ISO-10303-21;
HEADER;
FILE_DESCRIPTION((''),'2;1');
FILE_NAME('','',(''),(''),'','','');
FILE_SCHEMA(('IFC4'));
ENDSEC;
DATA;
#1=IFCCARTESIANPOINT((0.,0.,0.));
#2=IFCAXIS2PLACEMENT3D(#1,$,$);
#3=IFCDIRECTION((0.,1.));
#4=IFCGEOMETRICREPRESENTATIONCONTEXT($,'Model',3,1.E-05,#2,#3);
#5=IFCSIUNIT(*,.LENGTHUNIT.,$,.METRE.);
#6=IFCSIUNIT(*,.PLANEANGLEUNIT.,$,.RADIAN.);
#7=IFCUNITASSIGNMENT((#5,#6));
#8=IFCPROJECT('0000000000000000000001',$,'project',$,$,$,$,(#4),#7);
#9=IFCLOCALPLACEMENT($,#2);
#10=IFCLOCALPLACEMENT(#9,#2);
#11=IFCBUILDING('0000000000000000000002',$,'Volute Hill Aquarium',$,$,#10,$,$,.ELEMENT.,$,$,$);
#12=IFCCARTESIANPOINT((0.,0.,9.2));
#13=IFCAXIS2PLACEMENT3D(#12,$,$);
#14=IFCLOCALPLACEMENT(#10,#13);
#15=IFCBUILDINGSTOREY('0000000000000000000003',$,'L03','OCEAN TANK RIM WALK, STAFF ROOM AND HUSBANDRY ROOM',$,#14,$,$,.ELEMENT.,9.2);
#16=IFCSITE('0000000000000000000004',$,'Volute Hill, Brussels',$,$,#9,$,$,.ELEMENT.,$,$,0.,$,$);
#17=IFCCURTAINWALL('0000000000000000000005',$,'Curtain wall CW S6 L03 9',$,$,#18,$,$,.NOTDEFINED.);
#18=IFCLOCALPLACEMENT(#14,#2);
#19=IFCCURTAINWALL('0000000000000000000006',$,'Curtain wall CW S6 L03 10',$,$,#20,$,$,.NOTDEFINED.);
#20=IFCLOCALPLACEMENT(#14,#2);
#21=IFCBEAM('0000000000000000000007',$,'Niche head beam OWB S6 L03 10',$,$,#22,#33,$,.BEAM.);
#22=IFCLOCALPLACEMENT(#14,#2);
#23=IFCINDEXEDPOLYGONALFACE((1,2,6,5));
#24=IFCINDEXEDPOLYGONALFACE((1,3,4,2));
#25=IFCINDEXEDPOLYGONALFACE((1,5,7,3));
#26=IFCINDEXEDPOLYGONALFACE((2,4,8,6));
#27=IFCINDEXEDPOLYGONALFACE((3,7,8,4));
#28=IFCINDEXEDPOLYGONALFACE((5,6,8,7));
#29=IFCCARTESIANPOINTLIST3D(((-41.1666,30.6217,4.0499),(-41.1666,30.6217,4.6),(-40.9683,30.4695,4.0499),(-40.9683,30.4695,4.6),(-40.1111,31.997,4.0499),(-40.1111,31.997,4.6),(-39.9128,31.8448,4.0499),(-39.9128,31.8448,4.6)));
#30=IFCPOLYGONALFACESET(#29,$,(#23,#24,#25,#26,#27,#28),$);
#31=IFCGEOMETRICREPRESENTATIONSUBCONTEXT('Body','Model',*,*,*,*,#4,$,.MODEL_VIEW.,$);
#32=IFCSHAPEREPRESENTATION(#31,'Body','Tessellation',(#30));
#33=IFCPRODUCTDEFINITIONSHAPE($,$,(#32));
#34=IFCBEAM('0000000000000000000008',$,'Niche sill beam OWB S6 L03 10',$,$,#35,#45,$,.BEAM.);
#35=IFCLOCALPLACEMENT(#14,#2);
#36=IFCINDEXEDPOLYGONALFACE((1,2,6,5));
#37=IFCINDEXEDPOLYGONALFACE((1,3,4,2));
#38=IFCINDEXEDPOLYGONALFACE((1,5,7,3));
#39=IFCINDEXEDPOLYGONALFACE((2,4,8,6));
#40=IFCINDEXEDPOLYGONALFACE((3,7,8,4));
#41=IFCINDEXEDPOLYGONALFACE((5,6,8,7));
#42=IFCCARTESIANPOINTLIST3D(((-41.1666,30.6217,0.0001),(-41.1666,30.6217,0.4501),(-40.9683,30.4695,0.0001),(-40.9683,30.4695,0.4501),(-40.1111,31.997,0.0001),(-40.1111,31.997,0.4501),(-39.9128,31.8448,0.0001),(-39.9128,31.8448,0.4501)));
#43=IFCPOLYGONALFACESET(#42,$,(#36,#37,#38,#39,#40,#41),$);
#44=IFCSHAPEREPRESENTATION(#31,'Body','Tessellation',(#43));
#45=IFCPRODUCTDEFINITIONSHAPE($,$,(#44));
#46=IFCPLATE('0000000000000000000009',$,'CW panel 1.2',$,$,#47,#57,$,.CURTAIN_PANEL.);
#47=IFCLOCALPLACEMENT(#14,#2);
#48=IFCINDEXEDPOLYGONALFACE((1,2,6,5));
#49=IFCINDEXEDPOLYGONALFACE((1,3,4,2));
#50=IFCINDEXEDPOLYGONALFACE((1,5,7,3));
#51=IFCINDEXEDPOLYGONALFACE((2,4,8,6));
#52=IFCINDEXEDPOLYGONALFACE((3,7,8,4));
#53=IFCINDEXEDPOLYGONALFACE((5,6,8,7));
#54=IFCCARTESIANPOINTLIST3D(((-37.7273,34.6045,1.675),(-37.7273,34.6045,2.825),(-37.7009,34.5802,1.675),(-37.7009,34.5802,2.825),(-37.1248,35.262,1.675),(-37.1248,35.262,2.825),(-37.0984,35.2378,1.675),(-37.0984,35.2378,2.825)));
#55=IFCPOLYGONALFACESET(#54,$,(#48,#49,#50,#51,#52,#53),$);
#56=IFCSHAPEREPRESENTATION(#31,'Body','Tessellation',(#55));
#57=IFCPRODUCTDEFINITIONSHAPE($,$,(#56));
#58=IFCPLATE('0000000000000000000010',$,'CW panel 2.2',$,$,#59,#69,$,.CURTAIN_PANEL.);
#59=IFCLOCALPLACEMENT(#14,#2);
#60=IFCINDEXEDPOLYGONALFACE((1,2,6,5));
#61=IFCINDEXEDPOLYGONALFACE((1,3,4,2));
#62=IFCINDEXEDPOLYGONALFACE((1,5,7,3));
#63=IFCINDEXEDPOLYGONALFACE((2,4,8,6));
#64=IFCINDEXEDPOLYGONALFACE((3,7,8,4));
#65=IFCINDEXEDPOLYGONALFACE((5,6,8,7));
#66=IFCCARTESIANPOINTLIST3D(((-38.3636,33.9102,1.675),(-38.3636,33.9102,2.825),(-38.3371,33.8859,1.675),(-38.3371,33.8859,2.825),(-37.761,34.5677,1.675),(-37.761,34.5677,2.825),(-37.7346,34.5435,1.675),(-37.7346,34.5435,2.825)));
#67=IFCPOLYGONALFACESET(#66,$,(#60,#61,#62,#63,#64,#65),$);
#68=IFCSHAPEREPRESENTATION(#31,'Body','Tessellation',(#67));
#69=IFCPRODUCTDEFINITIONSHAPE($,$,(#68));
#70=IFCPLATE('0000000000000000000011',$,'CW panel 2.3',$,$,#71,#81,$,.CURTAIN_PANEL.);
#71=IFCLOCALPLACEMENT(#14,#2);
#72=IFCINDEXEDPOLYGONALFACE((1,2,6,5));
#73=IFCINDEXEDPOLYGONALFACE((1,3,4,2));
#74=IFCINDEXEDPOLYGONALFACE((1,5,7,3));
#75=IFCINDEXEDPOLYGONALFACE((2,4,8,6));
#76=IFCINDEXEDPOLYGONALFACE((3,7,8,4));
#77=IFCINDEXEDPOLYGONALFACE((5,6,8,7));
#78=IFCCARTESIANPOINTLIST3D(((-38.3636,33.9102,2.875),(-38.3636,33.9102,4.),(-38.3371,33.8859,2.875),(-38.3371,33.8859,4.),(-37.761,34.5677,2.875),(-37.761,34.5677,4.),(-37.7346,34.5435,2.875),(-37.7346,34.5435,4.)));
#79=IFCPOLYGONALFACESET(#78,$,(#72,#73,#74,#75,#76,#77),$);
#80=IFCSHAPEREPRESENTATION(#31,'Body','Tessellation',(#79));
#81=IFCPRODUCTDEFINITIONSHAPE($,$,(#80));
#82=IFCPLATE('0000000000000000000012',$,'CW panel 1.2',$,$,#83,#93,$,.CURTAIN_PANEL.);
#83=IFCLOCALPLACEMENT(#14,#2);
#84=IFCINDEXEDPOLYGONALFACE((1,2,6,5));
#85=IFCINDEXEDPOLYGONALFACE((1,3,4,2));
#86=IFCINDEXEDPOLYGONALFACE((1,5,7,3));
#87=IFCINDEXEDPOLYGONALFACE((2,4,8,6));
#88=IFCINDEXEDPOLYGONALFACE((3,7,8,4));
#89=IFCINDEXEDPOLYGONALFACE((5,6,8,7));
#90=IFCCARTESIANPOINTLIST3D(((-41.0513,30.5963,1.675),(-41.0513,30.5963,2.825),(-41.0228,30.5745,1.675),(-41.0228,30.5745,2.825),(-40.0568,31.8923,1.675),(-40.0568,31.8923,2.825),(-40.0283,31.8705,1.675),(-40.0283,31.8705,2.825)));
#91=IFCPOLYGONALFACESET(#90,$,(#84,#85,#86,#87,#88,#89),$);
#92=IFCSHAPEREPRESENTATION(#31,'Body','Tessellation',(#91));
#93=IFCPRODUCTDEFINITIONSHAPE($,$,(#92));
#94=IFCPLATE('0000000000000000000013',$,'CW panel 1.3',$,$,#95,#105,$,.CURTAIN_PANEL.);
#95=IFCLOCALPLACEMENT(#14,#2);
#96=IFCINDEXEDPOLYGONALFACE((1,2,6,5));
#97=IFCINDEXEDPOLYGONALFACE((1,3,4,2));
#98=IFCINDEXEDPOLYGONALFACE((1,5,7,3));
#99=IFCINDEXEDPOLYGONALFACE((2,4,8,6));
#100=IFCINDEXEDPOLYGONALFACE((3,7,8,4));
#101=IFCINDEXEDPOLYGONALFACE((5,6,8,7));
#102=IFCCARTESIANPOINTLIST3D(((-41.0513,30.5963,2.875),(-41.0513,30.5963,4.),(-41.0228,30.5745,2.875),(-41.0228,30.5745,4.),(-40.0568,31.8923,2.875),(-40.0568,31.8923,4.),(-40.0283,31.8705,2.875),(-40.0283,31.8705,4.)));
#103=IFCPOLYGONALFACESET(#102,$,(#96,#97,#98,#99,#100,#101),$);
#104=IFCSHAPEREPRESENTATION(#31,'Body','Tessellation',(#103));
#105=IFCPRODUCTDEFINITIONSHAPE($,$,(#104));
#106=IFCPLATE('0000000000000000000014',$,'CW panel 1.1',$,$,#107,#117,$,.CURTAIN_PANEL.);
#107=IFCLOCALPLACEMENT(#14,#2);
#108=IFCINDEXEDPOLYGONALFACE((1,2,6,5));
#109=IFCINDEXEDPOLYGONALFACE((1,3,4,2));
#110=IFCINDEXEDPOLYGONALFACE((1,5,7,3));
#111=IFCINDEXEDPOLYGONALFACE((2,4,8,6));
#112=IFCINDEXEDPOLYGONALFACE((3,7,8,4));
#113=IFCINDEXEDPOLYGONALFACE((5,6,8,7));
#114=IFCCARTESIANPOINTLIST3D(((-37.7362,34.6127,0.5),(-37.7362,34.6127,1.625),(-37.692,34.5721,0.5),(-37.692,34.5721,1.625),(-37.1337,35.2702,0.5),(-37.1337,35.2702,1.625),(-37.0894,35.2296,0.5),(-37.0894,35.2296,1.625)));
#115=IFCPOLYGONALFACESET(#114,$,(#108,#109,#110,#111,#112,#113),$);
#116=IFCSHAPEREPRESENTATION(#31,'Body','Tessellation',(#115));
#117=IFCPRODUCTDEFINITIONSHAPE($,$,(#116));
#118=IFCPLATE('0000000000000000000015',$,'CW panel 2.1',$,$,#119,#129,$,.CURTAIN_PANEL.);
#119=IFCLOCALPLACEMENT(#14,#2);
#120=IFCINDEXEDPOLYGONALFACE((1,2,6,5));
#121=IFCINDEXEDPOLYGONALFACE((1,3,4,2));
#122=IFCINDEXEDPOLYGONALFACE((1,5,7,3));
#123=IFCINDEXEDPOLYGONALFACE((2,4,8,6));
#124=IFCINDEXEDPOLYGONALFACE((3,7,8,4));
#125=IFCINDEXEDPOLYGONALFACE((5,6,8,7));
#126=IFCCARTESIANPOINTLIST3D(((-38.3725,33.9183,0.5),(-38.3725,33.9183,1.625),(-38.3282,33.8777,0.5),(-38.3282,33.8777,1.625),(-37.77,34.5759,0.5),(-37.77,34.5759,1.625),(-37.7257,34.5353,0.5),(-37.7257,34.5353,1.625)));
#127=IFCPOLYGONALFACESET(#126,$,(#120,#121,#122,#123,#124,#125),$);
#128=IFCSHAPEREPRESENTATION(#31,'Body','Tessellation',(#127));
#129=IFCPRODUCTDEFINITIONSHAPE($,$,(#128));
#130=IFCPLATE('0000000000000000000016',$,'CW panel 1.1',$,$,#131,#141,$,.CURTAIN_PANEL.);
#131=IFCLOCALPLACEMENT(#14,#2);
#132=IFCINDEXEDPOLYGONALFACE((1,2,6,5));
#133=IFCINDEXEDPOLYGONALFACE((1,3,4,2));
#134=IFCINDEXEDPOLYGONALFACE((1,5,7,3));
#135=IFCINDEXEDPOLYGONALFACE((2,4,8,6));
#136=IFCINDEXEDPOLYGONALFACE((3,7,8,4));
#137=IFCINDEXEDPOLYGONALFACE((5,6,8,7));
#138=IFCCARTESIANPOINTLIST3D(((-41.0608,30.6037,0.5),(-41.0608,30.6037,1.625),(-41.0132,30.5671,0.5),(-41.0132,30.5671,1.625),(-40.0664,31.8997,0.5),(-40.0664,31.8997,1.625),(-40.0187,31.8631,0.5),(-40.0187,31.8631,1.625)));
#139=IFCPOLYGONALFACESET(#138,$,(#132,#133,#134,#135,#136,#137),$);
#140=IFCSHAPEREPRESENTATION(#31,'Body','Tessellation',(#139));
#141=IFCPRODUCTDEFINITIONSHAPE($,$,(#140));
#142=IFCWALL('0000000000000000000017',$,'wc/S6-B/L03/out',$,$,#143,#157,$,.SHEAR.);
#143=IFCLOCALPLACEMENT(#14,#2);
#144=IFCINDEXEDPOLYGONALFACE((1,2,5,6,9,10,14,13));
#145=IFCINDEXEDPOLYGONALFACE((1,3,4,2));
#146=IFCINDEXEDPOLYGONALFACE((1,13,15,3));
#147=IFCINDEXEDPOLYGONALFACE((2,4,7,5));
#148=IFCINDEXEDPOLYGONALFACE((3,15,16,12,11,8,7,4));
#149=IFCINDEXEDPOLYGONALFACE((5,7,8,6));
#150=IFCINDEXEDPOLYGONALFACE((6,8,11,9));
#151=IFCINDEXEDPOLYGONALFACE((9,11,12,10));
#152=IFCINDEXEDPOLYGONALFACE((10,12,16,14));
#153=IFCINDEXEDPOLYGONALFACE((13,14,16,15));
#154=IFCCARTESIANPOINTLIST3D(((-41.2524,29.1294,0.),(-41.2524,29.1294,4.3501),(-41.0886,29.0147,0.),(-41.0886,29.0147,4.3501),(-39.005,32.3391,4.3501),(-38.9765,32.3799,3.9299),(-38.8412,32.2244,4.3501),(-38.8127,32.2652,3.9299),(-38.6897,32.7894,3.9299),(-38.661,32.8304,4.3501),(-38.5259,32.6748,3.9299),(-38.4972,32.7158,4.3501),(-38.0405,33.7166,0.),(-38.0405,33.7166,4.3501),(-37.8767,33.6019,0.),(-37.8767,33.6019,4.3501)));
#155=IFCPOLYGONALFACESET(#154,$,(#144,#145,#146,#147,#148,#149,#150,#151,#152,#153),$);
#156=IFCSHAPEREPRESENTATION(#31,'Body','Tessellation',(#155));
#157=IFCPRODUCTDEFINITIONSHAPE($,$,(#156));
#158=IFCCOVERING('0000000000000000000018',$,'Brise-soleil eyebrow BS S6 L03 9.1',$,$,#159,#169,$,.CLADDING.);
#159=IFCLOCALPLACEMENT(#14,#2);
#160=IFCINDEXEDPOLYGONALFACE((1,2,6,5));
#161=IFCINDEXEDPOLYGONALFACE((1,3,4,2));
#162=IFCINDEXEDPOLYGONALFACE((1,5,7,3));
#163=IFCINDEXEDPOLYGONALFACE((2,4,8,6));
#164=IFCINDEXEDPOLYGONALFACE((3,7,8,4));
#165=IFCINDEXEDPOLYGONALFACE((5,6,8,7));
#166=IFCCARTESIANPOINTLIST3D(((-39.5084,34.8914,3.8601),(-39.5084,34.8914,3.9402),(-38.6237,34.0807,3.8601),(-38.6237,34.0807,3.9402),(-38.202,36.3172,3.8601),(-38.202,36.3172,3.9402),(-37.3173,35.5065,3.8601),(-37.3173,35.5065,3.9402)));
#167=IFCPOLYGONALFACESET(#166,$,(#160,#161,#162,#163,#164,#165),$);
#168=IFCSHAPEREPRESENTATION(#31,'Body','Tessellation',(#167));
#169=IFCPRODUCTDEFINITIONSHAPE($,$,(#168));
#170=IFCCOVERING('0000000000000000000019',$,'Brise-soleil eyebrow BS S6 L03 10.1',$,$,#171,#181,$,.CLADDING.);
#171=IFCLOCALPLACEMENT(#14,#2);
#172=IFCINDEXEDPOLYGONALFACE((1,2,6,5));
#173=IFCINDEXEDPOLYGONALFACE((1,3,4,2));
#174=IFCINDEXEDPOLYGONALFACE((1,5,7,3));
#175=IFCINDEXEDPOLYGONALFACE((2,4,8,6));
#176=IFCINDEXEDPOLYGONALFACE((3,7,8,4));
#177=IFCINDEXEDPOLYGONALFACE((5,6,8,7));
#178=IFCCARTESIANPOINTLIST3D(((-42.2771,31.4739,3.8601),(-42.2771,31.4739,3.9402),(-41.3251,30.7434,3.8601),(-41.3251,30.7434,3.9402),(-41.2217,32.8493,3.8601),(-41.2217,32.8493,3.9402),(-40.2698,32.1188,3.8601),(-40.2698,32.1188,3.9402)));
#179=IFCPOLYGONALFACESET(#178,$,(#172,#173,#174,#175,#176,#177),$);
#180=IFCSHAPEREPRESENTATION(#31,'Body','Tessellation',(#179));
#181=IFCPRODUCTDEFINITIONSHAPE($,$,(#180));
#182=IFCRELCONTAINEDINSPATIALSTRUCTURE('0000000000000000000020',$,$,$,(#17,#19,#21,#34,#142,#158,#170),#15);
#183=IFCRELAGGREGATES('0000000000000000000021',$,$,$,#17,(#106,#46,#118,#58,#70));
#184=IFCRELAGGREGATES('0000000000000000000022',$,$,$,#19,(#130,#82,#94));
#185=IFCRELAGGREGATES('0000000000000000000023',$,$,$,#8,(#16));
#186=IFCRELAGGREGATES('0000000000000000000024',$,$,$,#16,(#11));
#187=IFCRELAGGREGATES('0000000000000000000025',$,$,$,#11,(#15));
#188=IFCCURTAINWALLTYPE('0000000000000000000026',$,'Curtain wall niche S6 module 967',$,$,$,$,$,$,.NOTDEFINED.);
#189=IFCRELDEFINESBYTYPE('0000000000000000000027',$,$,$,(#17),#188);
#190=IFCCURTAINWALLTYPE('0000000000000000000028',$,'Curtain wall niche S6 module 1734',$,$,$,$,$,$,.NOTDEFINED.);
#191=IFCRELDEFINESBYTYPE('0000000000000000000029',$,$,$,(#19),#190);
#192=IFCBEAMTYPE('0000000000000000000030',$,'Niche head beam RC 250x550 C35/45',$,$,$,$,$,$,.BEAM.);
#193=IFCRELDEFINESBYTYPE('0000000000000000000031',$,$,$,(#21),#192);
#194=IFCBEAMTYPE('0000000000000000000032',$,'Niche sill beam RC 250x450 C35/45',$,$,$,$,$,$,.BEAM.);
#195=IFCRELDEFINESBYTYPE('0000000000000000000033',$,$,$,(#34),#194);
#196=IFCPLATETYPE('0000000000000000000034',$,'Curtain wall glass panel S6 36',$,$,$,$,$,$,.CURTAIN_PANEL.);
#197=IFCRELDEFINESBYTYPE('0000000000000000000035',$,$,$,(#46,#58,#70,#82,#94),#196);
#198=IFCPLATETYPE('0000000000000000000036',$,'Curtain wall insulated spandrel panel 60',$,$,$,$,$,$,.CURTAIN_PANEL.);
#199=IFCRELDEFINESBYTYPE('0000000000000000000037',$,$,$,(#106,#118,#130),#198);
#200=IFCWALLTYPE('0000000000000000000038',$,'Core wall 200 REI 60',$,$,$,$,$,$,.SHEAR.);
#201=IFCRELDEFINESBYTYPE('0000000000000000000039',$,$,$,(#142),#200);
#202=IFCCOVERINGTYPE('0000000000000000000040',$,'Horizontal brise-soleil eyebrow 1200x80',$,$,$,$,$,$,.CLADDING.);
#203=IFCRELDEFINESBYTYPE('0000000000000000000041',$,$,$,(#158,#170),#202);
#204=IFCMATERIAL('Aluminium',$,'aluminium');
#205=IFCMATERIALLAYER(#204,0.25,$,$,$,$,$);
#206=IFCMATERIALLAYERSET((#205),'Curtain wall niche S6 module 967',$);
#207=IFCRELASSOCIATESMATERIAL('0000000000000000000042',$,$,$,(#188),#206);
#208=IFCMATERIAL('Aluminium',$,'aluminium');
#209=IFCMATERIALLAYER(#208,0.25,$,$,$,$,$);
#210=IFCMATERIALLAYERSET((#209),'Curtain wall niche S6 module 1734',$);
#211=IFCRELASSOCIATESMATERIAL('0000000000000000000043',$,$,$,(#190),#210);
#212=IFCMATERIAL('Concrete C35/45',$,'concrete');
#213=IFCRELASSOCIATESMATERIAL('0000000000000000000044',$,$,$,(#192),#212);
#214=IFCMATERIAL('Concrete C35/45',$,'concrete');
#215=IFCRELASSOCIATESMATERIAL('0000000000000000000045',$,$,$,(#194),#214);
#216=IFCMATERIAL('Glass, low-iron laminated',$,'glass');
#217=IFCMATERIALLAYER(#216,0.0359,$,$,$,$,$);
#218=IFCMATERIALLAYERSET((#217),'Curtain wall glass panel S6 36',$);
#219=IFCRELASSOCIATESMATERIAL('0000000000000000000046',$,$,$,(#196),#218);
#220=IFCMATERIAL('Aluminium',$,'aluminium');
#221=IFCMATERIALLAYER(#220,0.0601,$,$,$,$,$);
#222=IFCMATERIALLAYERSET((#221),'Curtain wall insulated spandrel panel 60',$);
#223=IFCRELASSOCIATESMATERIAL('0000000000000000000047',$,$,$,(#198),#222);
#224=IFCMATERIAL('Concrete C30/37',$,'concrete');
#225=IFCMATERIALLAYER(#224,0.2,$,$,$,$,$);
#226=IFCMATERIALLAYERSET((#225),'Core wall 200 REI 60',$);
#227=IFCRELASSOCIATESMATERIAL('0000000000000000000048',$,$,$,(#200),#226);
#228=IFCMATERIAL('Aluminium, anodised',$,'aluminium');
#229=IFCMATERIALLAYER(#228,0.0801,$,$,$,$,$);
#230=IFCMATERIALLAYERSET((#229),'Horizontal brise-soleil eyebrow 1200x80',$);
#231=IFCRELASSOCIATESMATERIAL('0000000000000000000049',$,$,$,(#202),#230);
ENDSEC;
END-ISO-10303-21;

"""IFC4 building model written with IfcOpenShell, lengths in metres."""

from ifc_helpers import new_model, si_unit, direction, frame, origin, origin_2d, place, context, subcontext, project, spatial, polyline, rectangle, outline, extrude, material, layer, layer_set, material_profile, profile_set, type_object, element, aggregate, save


model = new_model("IFC4")

# Units and contexts
model_context = context("Model", 3, precision=1e-05, world=origin(), true_north=direction((0.0, 1.0)))
body_context = subcontext(model_context, "Body", "Model", "MODEL_VIEW")
ifc_project = project(units=[si_unit("LENGTHUNIT", "METRE"), si_unit("PLANEANGLEUNIT", "RADIAN")], contexts=[model_context])

# Site, building, storey
site_placement = place(None, origin())
site = spatial("IfcSite", under=ifc_project, at=site_placement, Name="Volute Hill, Brussels", CompositionType="ELEMENT", RefElevation=0.0)
building_placement = place(site_placement, origin())
building = spatial("IfcBuilding", under=site, at=building_placement, Name="Volute Hill Aquarium", CompositionType="ELEMENT")
storey_placement = place(building_placement, frame((0.0, 0.0, 9.2)))
storey = spatial("IfcBuildingStorey", under=building, at=storey_placement, Name="L03", Description="OCEAN TANK RIM WALK, STAFF ROOM AND HUSBANDRY ROOM", CompositionType="ELEMENT", Elevation=9.2)

# Curtain walls
ifc_material_1 = material(Name="Aluminium", Category="aluminium")
ifc_layer_1 = layer(ifc_material_1, 0.25)
ifc_layer_set_1 = layer_set([ifc_layer_1], Name="Curtain wall niche S6 module 967")
curtain_wall_type_1 = type_object("IfcCurtainWallType", Name="Curtain wall niche S6 module 967", PredefinedType="NOTDEFINED", material=ifc_layer_set_1)
curtain_wall_1_placement = place(storey_placement, origin())
curtain_wall_1 = element("IfcCurtainWall", 1, at=curtain_wall_1_placement, inside=storey, type_object=curtain_wall_type_1, Name="Curtain wall CW S6 L03 9", PredefinedType="NOTDEFINED")
ifc_material_2 = material(Name="Aluminium", Category="aluminium")
ifc_layer_2 = layer(ifc_material_2, 0.25)
ifc_layer_set_2 = layer_set([ifc_layer_2], Name="Curtain wall niche S6 module 1734")
curtain_wall_type_2 = type_object("IfcCurtainWallType", Name="Curtain wall niche S6 module 1734", PredefinedType="NOTDEFINED", material=ifc_layer_set_2)
curtain_wall_2_placement = place(storey_placement, origin())
curtain_wall_2 = element("IfcCurtainWall", 2, at=curtain_wall_2_placement, inside=storey, type_object=curtain_wall_type_2, Name="Curtain wall CW S6 L03 10", PredefinedType="NOTDEFINED")

# Beams
ifc_material_3 = material(Name="Concrete C35/45", Category="concrete")
ifc_material_profile_1 = material_profile(ifc_material_3, rectangle(XDim=0.25, YDim=0.55, at=origin_2d()), Name="RC beam 250x550")
ifc_profile_set_1 = profile_set([ifc_material_profile_1], Name="Concrete C35/45")
beam_type_1 = type_object("IfcBeamType", Name="Niche head beam RC 250x550 C35/45", PredefinedType="BEAM", material=ifc_profile_set_1)
beam_1_placement = place(storey_placement, frame((-40.012, 31.9209, 4.325), z_axis=(-0.608819, -0.793309, 0.0), x_axis=(0.793309, -0.608819, 0.0)))
element("IfcBeam", 3, at=beam_1_placement, inside=storey, type_object=beam_type_1, Name="Niche head beam OWB S6 L03 10", PredefinedType="BEAM", context=body_context, shape_type="SweptSolid", body=[
    extrude(rectangle(XDim=0.25, YDim=0.55, at=origin_2d()), origin(), (0.0, 0.0, 1.0), 1.7336),
])
ifc_material_4 = material(Name="Concrete C35/45", Category="concrete")
ifc_material_profile_2 = material_profile(ifc_material_4, rectangle(XDim=0.25, YDim=0.45, at=origin_2d()), Name="RC beam 250x450")
ifc_profile_set_2 = profile_set([ifc_material_profile_2], Name="Concrete C35/45")
beam_type_2 = type_object("IfcBeamType", Name="Niche sill beam RC 250x450 C35/45", PredefinedType="BEAM", material=ifc_profile_set_2)
beam_2_placement = place(storey_placement, frame((-40.012, 31.9209, 0.2251), z_axis=(-0.608819, -0.793309, 0.0), x_axis=(0.793309, -0.608819, 0.0)))
element("IfcBeam", 4, at=beam_2_placement, inside=storey, type_object=beam_type_2, Name="Niche sill beam OWB S6 L03 10", PredefinedType="BEAM", context=body_context, shape_type="SweptSolid", body=[
    extrude(rectangle(XDim=0.25, YDim=0.45, at=origin_2d()), origin(), (0.0, 0.0, 1.0), 1.7336),
])

# Plates
ifc_material_5 = material(Name="Glass, low-iron laminated", Category="glass")
ifc_layer_3 = layer(ifc_material_5, 0.0359)
ifc_layer_set_3 = layer_set([ifc_layer_3], Name="Curtain wall glass panel S6 36")
plate_type_1 = type_object("IfcPlateType", Name="Curtain wall glass panel S6 36", PredefinedType="CURTAIN_PANEL", material=ifc_layer_set_3)
plate_1_placement = place(storey_placement, frame((-37.4128, 34.9211, 1.675), z_axis=(0.0, 0.0, 1.0), x_axis=(-0.675582, -0.737285, 0.0)))
plate_1 = element("IfcPlate", 5, at=plate_1_placement, type_object=plate_type_1, Name="CW panel 1.2", PredefinedType="CURTAIN_PANEL", context=body_context, shape_type="SweptSolid", body=[
    extrude(rectangle(XDim=0.8918, YDim=0.0359, at=origin_2d()), origin(), (0.0, 0.0, 1.0), 1.1499),
])
plate_2_placement = place(storey_placement, frame((-38.0491, 34.2268, 1.675), z_axis=(0.0, 0.0, 1.0), x_axis=(-0.675582, -0.737285, 0.0)))
plate_2 = element("IfcPlate", 6, at=plate_2_placement, type_object=plate_type_1, Name="CW panel 2.2", PredefinedType="CURTAIN_PANEL", context=body_context, shape_type="SweptSolid", body=[
    extrude(rectangle(XDim=0.8918, YDim=0.0359, at=origin_2d()), origin(), (0.0, 0.0, 1.0), 1.1499),
])
plate_3_placement = place(storey_placement, frame((-38.0491, 34.2268, 2.875), z_axis=(0.0, 0.0, 1.0), x_axis=(-0.675582, -0.737285, 0.0)))
plate_3 = element("IfcPlate", 7, at=plate_3_placement, type_object=plate_type_1, Name="CW panel 2.3", PredefinedType="CURTAIN_PANEL", context=body_context, shape_type="SweptSolid", body=[
    extrude(rectangle(XDim=0.8918, YDim=0.0359, at=origin_2d()), origin(), (0.0, 0.0, 1.0), 1.125),
])
plate_4_placement = place(storey_placement, frame((-40.5398, 31.2334, 1.675), z_axis=(0.0, 0.0, 1.0), x_axis=(-0.608767, -0.793349, 0.0)))
plate_4 = element("IfcPlate", 8, at=plate_4_placement, type_object=plate_type_1, Name="CW panel 1.2", PredefinedType="CURTAIN_PANEL", context=body_context, shape_type="SweptSolid", body=[
    extrude(rectangle(XDim=1.6335, YDim=0.0359, at=origin_2d()), origin(), (0.0, 0.0, 1.0), 1.1499),
])
plate_5_placement = place(storey_placement, frame((-40.5398, 31.2334, 2.875), z_axis=(0.0, 0.0, 1.0), x_axis=(-0.608767, -0.793349, 0.0)))
plate_5 = element("IfcPlate", 9, at=plate_5_placement, type_object=plate_type_1, Name="CW panel 1.3", PredefinedType="CURTAIN_PANEL", context=body_context, shape_type="SweptSolid", body=[
    extrude(rectangle(XDim=1.6335, YDim=0.0359, at=origin_2d()), origin(), (0.0, 0.0, 1.0), 1.125),
])
ifc_material_6 = material(Name="Aluminium", Category="aluminium")
ifc_layer_4 = layer(ifc_material_6, 0.0601)
ifc_layer_set_4 = layer_set([ifc_layer_4], Name="Curtain wall insulated spandrel panel 60")
plate_type_2 = type_object("IfcPlateType", Name="Curtain wall insulated spandrel panel 60", PredefinedType="CURTAIN_PANEL", material=ifc_layer_set_4)
plate_6_placement = place(storey_placement, frame((-37.4128, 34.9211, 0.5), z_axis=(0.0, 0.0, 1.0), x_axis=(-0.675582, -0.737285, 0.0)))
plate_6 = element("IfcPlate", 10, at=plate_6_placement, type_object=plate_type_2, Name="CW panel 1.1", PredefinedType="CURTAIN_PANEL", context=body_context, shape_type="SweptSolid", body=[
    extrude(rectangle(XDim=0.8918, YDim=0.0601, at=origin_2d()), origin(), (0.0, 0.0, 1.0), 1.125),
])
plate_7_placement = place(storey_placement, frame((-38.0491, 34.2268, 0.5), z_axis=(0.0, 0.0, 1.0), x_axis=(-0.675582, -0.737285, 0.0)))
plate_7 = element("IfcPlate", 11, at=plate_7_placement, type_object=plate_type_2, Name="CW panel 2.1", PredefinedType="CURTAIN_PANEL", context=body_context, shape_type="SweptSolid", body=[
    extrude(rectangle(XDim=0.8918, YDim=0.0601, at=origin_2d()), origin(), (0.0, 0.0, 1.0), 1.125),
])
aggregate(curtain_wall_1, [plate_6, plate_1, plate_7, plate_2, plate_3])
plate_8_placement = place(storey_placement, frame((-40.5398, 31.2334, 0.5), z_axis=(0.0, 0.0, 1.0), x_axis=(-0.608767, -0.793349, 0.0)))
plate_8 = element("IfcPlate", 12, at=plate_8_placement, type_object=plate_type_2, Name="CW panel 1.1", PredefinedType="CURTAIN_PANEL", context=body_context, shape_type="SweptSolid", body=[
    extrude(rectangle(XDim=1.6335, YDim=0.0601, at=origin_2d()), origin(), (0.0, 0.0, 1.0), 1.125),
])
aggregate(curtain_wall_2, [plate_8, plate_4, plate_5])

# Wall
ifc_material_7 = material(Name="Concrete C30/37", Category="concrete")
ifc_layer_5 = layer(ifc_material_7, 0.2)
ifc_layer_set_5 = layer_set([ifc_layer_5], Name="Core wall 200 REI 60")
wall_type = type_object("IfcWallType", Name="Core wall 200 REI 60", PredefinedType="SHEAR", material=ifc_layer_set_5)
wall_placement = place(storey_placement, frame((-41.1704, 29.072, 0.0), z_axis=(0.0, 0.0, 1.0), x_axis=(0.573571, 0.819156, 0.0)))
element("IfcWall", 13, at=wall_placement, inside=storey, type_object=wall_type, Name="wc/S6-B/L03/out", PredefinedType="SHEAR", context=body_context, shape_type="SweptSolid", body=[
    extrude(outline(polyline([(0.0, 0.0), (5.5999, 0.0), (5.5999, 4.3501), (4.5181, 4.3501), (4.468, 3.9299), (3.968, 3.9299), (3.9182, 4.3501), (0.0, 4.3501), (0.0, 0.0)])), frame((0.0, 0.1001, 0.0), z_axis=(0.0, -1.0, 0.0), x_axis=(1.0, 0.0, 0.0)), (0.0, 0.0, 1.0), 0.2),
])

# Coverings
ifc_material_8 = material(Name="Aluminium, anodised", Category="aluminium")
ifc_layer_6 = layer(ifc_material_8, 0.0801)
ifc_layer_set_6 = layer_set([ifc_layer_6], Name="Horizontal brise-soleil eyebrow 1200x80")
covering_type_1 = type_object("IfcCoveringType", Name="Horizontal brise-soleil eyebrow 1200x80", PredefinedType="CLADDING", material=ifc_layer_set_6)
covering_1_placement = place(storey_placement, frame((-38.4128, 35.199, 3.8601), z_axis=(0.0, 0.0, 1.0), x_axis=(-0.675581, -0.737286, 0.0)))
element("IfcCovering", 14, at=covering_1_placement, inside=storey, type_object=covering_type_1, Name="Brise-soleil eyebrow BS S6 L03 9.1", PredefinedType="CLADDING", context=body_context, shape_type="SweptSolid", body=[
    extrude(rectangle(XDim=1.9338, YDim=1.2, at=origin_2d()), origin(), (0.0, 0.0, 1.0), 0.0801),
])
for number, where, z_axis, x_axis, name in (
    (15, (-41.2734, 31.7964, 3.8601), (0.0, 0.0, 1.0), (-0.608766, -0.79335, 0.0), "Brise-soleil eyebrow BS S6 L03 10.1"),
):
    element("IfcCovering", number, at=place(storey_placement, frame(where, z_axis=z_axis, x_axis=x_axis)), inside=storey, type_object=covering_type_1, Name=name, PredefinedType="CLADDING", context=body_context, shape_type="SweptSolid", body=[
        extrude(rectangle(XDim=1.7336, YDim=1.2, at=origin_2d()), origin(), (0.0, 0.0, 1.0), 0.0801),
    ])

save(model, "model.ifc")
